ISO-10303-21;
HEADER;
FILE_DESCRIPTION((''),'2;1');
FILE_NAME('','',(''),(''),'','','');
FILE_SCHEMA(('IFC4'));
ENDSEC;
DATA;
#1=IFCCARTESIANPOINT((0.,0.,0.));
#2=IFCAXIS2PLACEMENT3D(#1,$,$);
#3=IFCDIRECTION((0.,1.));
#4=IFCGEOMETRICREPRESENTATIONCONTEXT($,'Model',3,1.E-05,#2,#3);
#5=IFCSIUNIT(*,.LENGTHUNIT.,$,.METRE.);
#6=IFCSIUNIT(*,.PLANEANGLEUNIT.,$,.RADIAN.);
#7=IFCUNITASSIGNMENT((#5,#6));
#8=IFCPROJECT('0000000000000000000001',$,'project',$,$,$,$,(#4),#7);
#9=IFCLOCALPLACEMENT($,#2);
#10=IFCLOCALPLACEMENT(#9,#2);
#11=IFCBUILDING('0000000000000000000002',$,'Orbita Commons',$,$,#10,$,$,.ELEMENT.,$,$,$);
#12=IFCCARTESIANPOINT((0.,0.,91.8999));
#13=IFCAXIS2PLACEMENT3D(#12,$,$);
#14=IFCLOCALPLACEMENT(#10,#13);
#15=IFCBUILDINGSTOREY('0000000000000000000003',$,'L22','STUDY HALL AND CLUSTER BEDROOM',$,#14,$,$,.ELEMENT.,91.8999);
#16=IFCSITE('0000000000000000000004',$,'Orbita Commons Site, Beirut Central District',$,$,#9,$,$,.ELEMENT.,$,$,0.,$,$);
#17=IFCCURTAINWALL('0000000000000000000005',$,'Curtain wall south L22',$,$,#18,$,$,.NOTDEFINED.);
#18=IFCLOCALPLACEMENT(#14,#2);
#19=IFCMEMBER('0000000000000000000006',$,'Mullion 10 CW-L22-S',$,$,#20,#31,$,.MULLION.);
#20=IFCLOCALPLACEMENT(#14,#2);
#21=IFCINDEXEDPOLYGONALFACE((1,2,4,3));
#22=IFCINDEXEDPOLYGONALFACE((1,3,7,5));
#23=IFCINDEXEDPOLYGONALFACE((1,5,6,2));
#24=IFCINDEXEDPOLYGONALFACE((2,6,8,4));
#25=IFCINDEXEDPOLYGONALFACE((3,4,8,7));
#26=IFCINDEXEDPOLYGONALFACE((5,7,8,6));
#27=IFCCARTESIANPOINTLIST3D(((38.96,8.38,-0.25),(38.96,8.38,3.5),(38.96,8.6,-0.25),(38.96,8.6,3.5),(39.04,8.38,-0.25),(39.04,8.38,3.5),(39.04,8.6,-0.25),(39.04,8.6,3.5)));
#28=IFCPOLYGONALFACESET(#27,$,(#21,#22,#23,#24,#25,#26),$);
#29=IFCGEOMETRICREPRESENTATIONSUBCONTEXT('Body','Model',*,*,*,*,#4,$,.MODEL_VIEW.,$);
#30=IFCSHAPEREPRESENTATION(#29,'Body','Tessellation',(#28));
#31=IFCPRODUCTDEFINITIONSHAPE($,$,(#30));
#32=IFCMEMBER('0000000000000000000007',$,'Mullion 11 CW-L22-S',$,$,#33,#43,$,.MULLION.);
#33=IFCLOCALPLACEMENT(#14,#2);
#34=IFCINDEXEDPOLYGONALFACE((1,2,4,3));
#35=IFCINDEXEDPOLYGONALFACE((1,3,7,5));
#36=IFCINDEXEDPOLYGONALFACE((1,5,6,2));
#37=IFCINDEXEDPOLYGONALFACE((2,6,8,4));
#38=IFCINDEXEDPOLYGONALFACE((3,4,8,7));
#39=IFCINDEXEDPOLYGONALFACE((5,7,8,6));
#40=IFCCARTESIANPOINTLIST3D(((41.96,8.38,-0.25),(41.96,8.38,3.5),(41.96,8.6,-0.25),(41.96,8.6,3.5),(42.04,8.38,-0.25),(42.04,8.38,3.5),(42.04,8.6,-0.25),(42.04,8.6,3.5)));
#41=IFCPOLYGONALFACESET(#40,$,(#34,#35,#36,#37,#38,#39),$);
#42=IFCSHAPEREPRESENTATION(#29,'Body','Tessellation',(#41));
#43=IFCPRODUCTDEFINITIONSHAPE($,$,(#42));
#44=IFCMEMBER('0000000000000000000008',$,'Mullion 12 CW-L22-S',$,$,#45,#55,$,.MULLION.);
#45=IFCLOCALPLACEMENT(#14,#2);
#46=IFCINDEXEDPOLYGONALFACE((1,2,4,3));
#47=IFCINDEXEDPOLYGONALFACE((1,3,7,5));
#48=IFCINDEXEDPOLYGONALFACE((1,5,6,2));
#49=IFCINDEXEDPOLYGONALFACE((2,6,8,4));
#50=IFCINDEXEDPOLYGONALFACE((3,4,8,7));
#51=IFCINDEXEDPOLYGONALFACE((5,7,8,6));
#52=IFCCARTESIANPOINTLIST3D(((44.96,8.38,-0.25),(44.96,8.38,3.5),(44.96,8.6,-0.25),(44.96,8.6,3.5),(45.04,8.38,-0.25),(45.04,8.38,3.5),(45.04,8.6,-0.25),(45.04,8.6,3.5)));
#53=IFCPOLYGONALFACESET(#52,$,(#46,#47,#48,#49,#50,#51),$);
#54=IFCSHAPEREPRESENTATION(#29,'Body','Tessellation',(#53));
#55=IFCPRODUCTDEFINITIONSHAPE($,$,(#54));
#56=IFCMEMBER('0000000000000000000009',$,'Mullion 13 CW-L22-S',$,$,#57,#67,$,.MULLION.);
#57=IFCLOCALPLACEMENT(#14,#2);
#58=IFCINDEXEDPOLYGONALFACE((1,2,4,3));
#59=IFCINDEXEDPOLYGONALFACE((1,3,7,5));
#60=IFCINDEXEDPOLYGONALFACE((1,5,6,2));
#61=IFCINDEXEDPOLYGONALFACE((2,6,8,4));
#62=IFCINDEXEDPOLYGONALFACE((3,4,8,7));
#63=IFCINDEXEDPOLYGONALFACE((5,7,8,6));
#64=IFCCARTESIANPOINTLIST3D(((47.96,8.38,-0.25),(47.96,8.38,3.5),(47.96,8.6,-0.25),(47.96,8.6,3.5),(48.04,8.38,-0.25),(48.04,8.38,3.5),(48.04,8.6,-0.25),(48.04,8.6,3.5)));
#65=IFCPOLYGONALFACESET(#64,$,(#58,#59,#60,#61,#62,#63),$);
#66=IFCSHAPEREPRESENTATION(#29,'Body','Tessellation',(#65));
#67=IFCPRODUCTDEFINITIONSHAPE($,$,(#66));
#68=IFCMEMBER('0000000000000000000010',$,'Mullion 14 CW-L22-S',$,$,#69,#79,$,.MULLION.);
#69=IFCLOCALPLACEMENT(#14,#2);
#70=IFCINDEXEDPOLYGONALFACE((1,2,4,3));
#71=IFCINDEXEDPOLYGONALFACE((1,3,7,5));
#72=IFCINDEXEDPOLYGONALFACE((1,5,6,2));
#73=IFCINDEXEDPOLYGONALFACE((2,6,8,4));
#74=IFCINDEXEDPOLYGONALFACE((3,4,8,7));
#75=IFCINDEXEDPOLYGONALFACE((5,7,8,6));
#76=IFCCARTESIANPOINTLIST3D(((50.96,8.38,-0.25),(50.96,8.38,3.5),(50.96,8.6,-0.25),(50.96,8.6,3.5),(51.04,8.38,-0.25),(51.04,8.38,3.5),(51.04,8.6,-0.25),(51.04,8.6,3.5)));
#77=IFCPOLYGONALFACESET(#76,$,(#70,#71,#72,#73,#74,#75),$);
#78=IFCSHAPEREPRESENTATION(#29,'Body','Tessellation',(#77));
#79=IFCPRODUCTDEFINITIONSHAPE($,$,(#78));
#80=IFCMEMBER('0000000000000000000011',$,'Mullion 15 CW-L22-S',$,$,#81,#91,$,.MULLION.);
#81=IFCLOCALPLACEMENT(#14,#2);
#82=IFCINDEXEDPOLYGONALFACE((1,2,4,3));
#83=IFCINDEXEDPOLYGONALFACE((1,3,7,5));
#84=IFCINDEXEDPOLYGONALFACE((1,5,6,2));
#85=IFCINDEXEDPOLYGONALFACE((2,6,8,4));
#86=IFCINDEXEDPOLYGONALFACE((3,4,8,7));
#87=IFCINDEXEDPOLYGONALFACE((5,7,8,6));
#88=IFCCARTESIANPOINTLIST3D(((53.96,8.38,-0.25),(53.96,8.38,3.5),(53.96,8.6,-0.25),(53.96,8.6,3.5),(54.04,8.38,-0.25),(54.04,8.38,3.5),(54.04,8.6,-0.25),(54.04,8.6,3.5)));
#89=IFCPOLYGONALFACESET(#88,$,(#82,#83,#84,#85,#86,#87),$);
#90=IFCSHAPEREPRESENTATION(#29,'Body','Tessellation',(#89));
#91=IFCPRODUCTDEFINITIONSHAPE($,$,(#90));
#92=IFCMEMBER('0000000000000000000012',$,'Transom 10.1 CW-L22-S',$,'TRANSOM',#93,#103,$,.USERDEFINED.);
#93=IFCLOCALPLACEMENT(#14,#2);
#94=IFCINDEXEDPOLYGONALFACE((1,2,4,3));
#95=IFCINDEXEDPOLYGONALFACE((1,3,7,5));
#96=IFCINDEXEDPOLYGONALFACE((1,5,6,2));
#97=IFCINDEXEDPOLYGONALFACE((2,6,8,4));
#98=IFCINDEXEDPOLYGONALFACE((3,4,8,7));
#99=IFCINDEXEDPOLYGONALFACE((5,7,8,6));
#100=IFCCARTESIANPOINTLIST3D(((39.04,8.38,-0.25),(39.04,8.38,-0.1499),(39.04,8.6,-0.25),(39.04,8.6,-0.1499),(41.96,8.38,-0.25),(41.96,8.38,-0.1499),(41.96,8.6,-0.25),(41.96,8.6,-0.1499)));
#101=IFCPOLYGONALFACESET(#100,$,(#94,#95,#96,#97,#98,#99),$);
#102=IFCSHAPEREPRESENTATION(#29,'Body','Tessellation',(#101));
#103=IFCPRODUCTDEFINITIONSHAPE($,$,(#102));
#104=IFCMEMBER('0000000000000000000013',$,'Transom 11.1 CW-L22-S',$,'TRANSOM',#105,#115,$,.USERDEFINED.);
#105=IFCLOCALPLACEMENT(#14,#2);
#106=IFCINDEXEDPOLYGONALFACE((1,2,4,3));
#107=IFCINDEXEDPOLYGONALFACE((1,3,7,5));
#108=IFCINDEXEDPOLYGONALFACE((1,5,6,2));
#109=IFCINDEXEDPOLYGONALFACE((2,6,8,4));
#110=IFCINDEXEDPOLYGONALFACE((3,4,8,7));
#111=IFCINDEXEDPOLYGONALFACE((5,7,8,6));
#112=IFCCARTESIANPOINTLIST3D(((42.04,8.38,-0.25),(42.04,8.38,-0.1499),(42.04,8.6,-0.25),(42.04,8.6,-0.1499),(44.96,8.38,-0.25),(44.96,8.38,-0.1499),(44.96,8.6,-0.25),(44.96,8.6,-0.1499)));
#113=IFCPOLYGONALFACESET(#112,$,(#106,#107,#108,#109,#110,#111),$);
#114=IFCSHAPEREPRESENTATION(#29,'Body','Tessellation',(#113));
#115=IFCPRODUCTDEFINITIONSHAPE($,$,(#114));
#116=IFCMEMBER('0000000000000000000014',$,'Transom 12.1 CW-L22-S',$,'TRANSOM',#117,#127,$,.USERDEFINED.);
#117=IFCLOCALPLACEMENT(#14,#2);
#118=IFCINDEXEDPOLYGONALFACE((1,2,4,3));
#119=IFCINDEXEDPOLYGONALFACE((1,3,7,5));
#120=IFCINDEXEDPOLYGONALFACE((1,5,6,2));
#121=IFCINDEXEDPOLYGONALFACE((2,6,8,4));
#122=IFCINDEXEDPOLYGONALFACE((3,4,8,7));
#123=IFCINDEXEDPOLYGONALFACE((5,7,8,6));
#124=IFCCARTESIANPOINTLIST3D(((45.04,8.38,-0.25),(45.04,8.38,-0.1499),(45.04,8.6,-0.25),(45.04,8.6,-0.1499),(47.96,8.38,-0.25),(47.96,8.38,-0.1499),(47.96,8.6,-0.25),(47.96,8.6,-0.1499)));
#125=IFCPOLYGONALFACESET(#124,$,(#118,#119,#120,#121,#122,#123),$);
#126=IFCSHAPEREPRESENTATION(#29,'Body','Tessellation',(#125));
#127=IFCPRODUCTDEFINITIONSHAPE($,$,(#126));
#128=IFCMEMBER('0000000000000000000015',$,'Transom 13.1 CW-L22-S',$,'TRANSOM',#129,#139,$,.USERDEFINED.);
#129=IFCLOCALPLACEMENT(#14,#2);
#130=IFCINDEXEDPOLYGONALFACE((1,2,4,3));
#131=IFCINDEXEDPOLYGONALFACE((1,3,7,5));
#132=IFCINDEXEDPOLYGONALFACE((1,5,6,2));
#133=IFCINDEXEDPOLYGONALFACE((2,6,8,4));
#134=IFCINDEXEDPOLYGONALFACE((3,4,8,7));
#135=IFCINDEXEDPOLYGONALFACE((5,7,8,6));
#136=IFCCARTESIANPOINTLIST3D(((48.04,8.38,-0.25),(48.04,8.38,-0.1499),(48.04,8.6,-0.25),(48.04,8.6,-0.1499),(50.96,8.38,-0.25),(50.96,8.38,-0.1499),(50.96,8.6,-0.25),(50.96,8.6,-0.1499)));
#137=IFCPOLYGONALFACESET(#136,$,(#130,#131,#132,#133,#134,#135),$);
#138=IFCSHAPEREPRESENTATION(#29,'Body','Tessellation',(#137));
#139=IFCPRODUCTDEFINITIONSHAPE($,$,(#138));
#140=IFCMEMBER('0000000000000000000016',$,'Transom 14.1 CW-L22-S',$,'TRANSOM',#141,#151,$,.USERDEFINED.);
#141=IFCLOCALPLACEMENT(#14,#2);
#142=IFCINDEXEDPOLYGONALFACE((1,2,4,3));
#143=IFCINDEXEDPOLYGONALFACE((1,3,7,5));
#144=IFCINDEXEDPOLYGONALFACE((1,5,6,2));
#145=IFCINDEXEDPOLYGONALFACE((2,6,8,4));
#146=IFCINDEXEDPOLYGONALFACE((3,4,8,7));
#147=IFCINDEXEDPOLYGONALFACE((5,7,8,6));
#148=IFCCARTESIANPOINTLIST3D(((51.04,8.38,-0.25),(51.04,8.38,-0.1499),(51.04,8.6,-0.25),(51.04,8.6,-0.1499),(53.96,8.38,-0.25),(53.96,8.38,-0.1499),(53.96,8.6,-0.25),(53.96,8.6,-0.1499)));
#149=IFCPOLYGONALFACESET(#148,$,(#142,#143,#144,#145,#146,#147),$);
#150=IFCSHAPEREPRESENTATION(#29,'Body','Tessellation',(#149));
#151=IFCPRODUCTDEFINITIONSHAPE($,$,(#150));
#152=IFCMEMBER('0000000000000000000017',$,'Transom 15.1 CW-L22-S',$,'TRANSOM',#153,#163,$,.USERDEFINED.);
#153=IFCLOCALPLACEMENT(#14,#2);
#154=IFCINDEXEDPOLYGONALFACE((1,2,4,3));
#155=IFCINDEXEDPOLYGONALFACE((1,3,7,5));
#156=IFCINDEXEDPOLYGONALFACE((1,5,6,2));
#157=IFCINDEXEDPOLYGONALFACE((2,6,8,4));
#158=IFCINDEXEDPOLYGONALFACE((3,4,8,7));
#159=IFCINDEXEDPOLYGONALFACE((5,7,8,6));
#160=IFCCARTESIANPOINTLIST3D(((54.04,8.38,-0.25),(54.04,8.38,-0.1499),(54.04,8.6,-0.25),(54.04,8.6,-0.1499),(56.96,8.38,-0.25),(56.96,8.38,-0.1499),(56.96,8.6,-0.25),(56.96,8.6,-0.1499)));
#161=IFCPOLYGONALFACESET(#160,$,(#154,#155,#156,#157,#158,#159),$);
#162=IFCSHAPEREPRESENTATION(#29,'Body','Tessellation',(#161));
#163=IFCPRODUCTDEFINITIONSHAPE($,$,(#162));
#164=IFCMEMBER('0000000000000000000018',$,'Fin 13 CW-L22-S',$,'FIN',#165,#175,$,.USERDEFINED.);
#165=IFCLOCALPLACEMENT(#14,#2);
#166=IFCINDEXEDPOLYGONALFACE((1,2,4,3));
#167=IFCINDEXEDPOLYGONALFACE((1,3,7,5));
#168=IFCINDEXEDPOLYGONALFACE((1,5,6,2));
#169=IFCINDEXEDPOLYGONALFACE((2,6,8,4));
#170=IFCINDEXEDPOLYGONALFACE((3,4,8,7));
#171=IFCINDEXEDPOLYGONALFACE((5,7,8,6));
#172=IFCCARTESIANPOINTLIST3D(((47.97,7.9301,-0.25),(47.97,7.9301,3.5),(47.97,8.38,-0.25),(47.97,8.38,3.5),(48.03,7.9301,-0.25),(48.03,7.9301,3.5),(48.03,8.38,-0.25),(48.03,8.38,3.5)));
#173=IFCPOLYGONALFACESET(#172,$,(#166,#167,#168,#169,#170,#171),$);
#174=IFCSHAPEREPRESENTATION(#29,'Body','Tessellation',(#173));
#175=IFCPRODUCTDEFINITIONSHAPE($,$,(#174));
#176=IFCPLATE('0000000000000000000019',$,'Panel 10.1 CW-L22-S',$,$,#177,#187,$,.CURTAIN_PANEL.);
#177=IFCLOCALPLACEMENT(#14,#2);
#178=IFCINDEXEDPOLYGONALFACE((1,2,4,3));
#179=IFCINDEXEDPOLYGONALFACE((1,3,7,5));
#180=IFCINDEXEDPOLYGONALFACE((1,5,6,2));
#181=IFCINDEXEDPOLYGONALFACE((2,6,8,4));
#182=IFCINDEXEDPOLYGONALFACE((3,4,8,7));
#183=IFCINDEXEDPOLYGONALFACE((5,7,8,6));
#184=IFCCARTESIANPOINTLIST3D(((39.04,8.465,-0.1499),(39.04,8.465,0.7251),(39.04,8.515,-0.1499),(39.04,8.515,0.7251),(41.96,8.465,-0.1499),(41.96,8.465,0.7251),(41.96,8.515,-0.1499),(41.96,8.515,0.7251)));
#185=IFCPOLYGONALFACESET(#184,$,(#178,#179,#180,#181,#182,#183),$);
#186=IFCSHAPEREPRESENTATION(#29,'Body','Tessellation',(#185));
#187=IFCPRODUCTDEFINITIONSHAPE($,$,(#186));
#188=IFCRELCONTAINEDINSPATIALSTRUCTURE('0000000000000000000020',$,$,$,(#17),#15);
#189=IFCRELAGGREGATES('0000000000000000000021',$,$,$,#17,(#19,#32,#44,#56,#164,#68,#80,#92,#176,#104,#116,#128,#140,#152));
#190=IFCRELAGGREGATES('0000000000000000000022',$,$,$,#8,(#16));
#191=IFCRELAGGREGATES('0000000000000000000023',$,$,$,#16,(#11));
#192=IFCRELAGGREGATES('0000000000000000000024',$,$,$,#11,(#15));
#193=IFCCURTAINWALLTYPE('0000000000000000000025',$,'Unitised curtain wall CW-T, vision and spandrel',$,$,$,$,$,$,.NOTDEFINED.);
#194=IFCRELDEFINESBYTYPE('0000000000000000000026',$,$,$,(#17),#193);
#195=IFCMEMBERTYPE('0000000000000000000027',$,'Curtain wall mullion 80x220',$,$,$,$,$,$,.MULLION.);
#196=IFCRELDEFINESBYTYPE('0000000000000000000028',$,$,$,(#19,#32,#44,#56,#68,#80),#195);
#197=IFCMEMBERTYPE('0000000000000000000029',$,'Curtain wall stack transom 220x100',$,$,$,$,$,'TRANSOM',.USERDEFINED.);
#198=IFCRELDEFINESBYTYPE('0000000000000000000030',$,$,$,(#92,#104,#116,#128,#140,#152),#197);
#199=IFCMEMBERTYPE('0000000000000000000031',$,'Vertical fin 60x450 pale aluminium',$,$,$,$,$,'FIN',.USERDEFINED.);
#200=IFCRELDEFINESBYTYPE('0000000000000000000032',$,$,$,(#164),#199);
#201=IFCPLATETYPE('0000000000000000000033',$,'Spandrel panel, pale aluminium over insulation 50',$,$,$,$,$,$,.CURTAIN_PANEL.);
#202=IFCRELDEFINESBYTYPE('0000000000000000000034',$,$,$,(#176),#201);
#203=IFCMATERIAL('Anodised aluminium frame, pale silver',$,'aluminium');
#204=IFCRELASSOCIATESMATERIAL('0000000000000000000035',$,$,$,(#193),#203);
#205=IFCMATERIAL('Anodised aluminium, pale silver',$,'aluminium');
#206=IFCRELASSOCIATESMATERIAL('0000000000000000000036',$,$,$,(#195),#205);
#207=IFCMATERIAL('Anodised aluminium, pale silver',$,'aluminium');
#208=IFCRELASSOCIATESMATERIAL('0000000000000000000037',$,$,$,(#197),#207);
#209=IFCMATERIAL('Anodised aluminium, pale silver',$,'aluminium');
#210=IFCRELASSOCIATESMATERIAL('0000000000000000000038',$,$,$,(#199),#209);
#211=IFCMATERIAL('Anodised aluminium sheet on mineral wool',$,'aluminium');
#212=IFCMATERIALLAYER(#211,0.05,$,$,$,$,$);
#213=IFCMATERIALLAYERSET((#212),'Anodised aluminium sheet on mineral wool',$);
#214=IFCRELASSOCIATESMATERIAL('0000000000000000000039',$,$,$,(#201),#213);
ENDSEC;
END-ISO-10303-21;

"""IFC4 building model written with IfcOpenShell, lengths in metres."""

from ifc_helpers import new_model, si_unit, direction, frame, origin, origin_2d, place, context, subcontext, project, spatial, rectangle, extrude, material, layer, layer_set, material_profile, profile_set, type_object, element, aggregate, save


model = new_model("IFC4")

# Units and contexts
model_context = context("Model", 3, precision=1e-05, world=origin(), true_north=direction((0.0, 1.0)))
body_context = subcontext(model_context, "Body", "Model", "MODEL_VIEW")
ifc_project = project(units=[si_unit("LENGTHUNIT", "METRE"), si_unit("PLANEANGLEUNIT", "RADIAN")], contexts=[model_context])

# Site, building, storey
site_placement = place(None, origin())
site = spatial("IfcSite", under=ifc_project, at=site_placement, Name="Orbita Commons Site, Beirut Central District", CompositionType="ELEMENT", RefElevation=0.0)
building_placement = place(site_placement, origin())
building = spatial("IfcBuilding", under=site, at=building_placement, Name="Orbita Commons", CompositionType="ELEMENT")
storey_placement = place(building_placement, frame((0.0, 0.0, 91.8999)))
storey = spatial("IfcBuildingStorey", under=building, at=storey_placement, Name="L22", Description="STUDY HALL AND CLUSTER BEDROOM", CompositionType="ELEMENT", Elevation=91.8999)

# Curtain wall, members, plate
ifc_material_1 = material(Name="Anodised aluminium frame, pale silver", Category="aluminium")
curtain_wall_type = type_object("IfcCurtainWallType", Name="Unitised curtain wall CW-T, vision and spandrel", PredefinedType="NOTDEFINED", material=ifc_material_1)
curtain_wall_placement = place(storey_placement, origin())
curtain_wall = element("IfcCurtainWall", 1, at=curtain_wall_placement, inside=storey, type_object=curtain_wall_type, Name="Curtain wall south L22", PredefinedType="NOTDEFINED")
ifc_material_2 = material(Name="Anodised aluminium, pale silver", Category="aluminium")
ifc_material_profile_1 = material_profile(ifc_material_2, rectangle(XDim=0.0801, YDim=0.22, at=origin_2d()), Name="AL 80x220")
ifc_profile_set_1 = profile_set([ifc_material_profile_1], Name="Anodised aluminium, pale silver")
member_type_1 = type_object("IfcMemberType", Name="Curtain wall mullion 80x220", PredefinedType="MULLION", material=ifc_profile_set_1)
member_1_placement = place(storey_placement, frame((39.0, 8.49, -0.25), z_axis=(0.0, 0.0, 1.0), x_axis=(1.0, 0.0, 0.0)))
member_1 = element("IfcMember", 2, at=member_1_placement, type_object=member_type_1, Name="Mullion 10 CW-L22-S", PredefinedType="MULLION", context=body_context, shape_type="SweptSolid", body=[
    extrude(rectangle(XDim=0.0801, YDim=0.22, at=origin_2d()), origin(), (0.0, 0.0, 1.0), 3.75),
])
member_2_placement = place(storey_placement, frame((42.0, 8.49, -0.25), z_axis=(0.0, 0.0, 1.0), x_axis=(1.0, 0.0, 0.0)))
member_2 = element("IfcMember", 3, at=member_2_placement, type_object=member_type_1, Name="Mullion 11 CW-L22-S", PredefinedType="MULLION", context=body_context, shape_type="SweptSolid", body=[
    extrude(rectangle(XDim=0.0801, YDim=0.22, at=origin_2d()), origin(), (0.0, 0.0, 1.0), 3.75),
])
member_3_placement = place(storey_placement, frame((45.0, 8.49, -0.25), z_axis=(0.0, 0.0, 1.0), x_axis=(1.0, 0.0, 0.0)))
member_3 = element("IfcMember", 4, at=member_3_placement, type_object=member_type_1, Name="Mullion 12 CW-L22-S", PredefinedType="MULLION", context=body_context, shape_type="SweptSolid", body=[
    extrude(rectangle(XDim=0.0801, YDim=0.22, at=origin_2d()), origin(), (0.0, 0.0, 1.0), 3.75),
])
member_4_placement = place(storey_placement, frame((48.0, 8.49, -0.25), z_axis=(0.0, 0.0, 1.0), x_axis=(1.0, 0.0, 0.0)))
member_4 = element("IfcMember", 5, at=member_4_placement, type_object=member_type_1, Name="Mullion 13 CW-L22-S", PredefinedType="MULLION", context=body_context, shape_type="SweptSolid", body=[
    extrude(rectangle(XDim=0.0801, YDim=0.22, at=origin_2d()), origin(), (0.0, 0.0, 1.0), 3.75),
])
member_5_placement = place(storey_placement, frame((51.0, 8.49, -0.25), z_axis=(0.0, 0.0, 1.0), x_axis=(1.0, 0.0, 0.0)))
member_5 = element("IfcMember", 6, at=member_5_placement, type_object=member_type_1, Name="Mullion 14 CW-L22-S", PredefinedType="MULLION", context=body_context, shape_type="SweptSolid", body=[
    extrude(rectangle(XDim=0.0801, YDim=0.22, at=origin_2d()), origin(), (0.0, 0.0, 1.0), 3.75),
])
member_6_placement = place(storey_placement, frame((54.0, 8.49, -0.25), z_axis=(0.0, 0.0, 1.0), x_axis=(1.0, 0.0, 0.0)))
member_6 = element("IfcMember", 7, at=member_6_placement, type_object=member_type_1, Name="Mullion 15 CW-L22-S", PredefinedType="MULLION", context=body_context, shape_type="SweptSolid", body=[
    extrude(rectangle(XDim=0.0801, YDim=0.22, at=origin_2d()), origin(), (0.0, 0.0, 1.0), 3.75),
])
ifc_material_3 = material(Name="Anodised aluminium, pale silver", Category="aluminium")
ifc_material_profile_2 = material_profile(ifc_material_3, rectangle(XDim=0.22, YDim=0.1001, at=origin_2d()), Name="AL 220x100")
ifc_profile_set_2 = profile_set([ifc_material_profile_2], Name="Anodised aluminium, pale silver")
member_type_2 = type_object("IfcMemberType", Name="Curtain wall stack transom 220x100", ElementType="TRANSOM", PredefinedType="USERDEFINED", material=ifc_profile_set_2)
member_7_placement = place(storey_placement, frame((39.04, 8.49, -0.2), z_axis=(1.0, 0.0, 0.0), x_axis=(0.0, 1.0, 0.0)))
member_7 = element("IfcMember", 8, at=member_7_placement, type_object=member_type_2, Name="Transom 10.1 CW-L22-S", ObjectType="TRANSOM", PredefinedType="USERDEFINED", context=body_context, shape_type="SweptSolid", body=[
    extrude(rectangle(XDim=0.22, YDim=0.1001, at=origin_2d()), origin(), (0.0, 0.0, 1.0), 2.9199),
])
member_8_placement = place(storey_placement, frame((42.04, 8.49, -0.2), z_axis=(1.0, 0.0, 0.0), x_axis=(0.0, 1.0, 0.0)))
member_8 = element("IfcMember", 9, at=member_8_placement, type_object=member_type_2, Name="Transom 11.1 CW-L22-S", ObjectType="TRANSOM", PredefinedType="USERDEFINED", context=body_context, shape_type="SweptSolid", body=[
    extrude(rectangle(XDim=0.22, YDim=0.1001, at=origin_2d()), origin(), (0.0, 0.0, 1.0), 2.9199),
])
member_9_placement = place(storey_placement, frame((45.04, 8.49, -0.2), z_axis=(1.0, 0.0, 0.0), x_axis=(0.0, 1.0, 0.0)))
member_9 = element("IfcMember", 10, at=member_9_placement, type_object=member_type_2, Name="Transom 12.1 CW-L22-S", ObjectType="TRANSOM", PredefinedType="USERDEFINED", context=body_context, shape_type="SweptSolid", body=[
    extrude(rectangle(XDim=0.22, YDim=0.1001, at=origin_2d()), origin(), (0.0, 0.0, 1.0), 2.9199),
])
member_10_placement = place(storey_placement, frame((48.04, 8.49, -0.2), z_axis=(1.0, 0.0, 0.0), x_axis=(0.0, 1.0, 0.0)))
member_10 = element("IfcMember", 11, at=member_10_placement, type_object=member_type_2, Name="Transom 13.1 CW-L22-S", ObjectType="TRANSOM", PredefinedType="USERDEFINED", context=body_context, shape_type="SweptSolid", body=[
    extrude(rectangle(XDim=0.22, YDim=0.1001, at=origin_2d()), origin(), (0.0, 0.0, 1.0), 2.9199),
])
member_11_placement = place(storey_placement, frame((51.04, 8.49, -0.2), z_axis=(1.0, 0.0, 0.0), x_axis=(0.0, 1.0, 0.0)))
member_11 = element("IfcMember", 12, at=member_11_placement, type_object=member_type_2, Name="Transom 14.1 CW-L22-S", ObjectType="TRANSOM", PredefinedType="USERDEFINED", context=body_context, shape_type="SweptSolid", body=[
    extrude(rectangle(XDim=0.22, YDim=0.1001, at=origin_2d()), origin(), (0.0, 0.0, 1.0), 2.9199),
])
member_12_placement = place(storey_placement, frame((54.04, 8.49, -0.2), z_axis=(1.0, 0.0, 0.0), x_axis=(0.0, 1.0, 0.0)))
member_12 = element("IfcMember", 13, at=member_12_placement, type_object=member_type_2, Name="Transom 15.1 CW-L22-S", ObjectType="TRANSOM", PredefinedType="USERDEFINED", context=body_context, shape_type="SweptSolid", body=[
    extrude(rectangle(XDim=0.22, YDim=0.1001, at=origin_2d()), origin(), (0.0, 0.0, 1.0), 2.9199),
])
ifc_material_4 = material(Name="Anodised aluminium, pale silver", Category="aluminium")
ifc_material_profile_3 = material_profile(ifc_material_4, rectangle(XDim=0.0601, YDim=0.45, at=origin_2d()), Name="FIN 60x450")
ifc_profile_set_3 = profile_set([ifc_material_profile_3], Name="Anodised aluminium, pale silver")
member_type_3 = type_object("IfcMemberType", Name="Vertical fin 60x450 pale aluminium", ElementType="FIN", PredefinedType="USERDEFINED", material=ifc_profile_set_3)
member_13_placement = place(storey_placement, frame((48.0, 8.155, -0.25), z_axis=(0.0, 0.0, 1.0), x_axis=(1.0, 0.0, 0.0)))
member_13 = element("IfcMember", 14, at=member_13_placement, type_object=member_type_3, Name="Fin 13 CW-L22-S", ObjectType="FIN", PredefinedType="USERDEFINED", context=body_context, shape_type="SweptSolid", body=[
    extrude(rectangle(XDim=0.0601, YDim=0.45, at=origin_2d()), origin(), (0.0, 0.0, 1.0), 3.75),
])
ifc_material_5 = material(Name="Anodised aluminium sheet on mineral wool", Category="aluminium")
ifc_layer_1 = layer(ifc_material_5, 0.05)
ifc_layer_set_1 = layer_set([ifc_layer_1], Name="Anodised aluminium sheet on mineral wool")
plate_type_1 = type_object("IfcPlateType", Name="Spandrel panel, pale aluminium over insulation 50", PredefinedType="CURTAIN_PANEL", material=ifc_layer_set_1)
plate_1_placement = place(storey_placement, frame((40.5, 8.49, -0.1499), z_axis=(0.0, 0.0, 1.0), x_axis=(1.0, 0.0, 0.0)))
plate_1 = element("IfcPlate", 15, at=plate_1_placement, type_object=plate_type_1, Name="Panel 10.1 CW-L22-S", PredefinedType="CURTAIN_PANEL", context=body_context, shape_type="SweptSolid", body=[
    extrude(rectangle(XDim=2.9199, YDim=0.05, at=origin_2d()), origin(), (0.0, 0.0, 1.0), 0.875),
])
aggregate(curtain_wall, [member_1, member_2, member_3, member_4, member_13, member_5, member_6, member_7, plate_1, member_8, member_9, member_10, member_11, member_12])

save(model, "model.ifc")
